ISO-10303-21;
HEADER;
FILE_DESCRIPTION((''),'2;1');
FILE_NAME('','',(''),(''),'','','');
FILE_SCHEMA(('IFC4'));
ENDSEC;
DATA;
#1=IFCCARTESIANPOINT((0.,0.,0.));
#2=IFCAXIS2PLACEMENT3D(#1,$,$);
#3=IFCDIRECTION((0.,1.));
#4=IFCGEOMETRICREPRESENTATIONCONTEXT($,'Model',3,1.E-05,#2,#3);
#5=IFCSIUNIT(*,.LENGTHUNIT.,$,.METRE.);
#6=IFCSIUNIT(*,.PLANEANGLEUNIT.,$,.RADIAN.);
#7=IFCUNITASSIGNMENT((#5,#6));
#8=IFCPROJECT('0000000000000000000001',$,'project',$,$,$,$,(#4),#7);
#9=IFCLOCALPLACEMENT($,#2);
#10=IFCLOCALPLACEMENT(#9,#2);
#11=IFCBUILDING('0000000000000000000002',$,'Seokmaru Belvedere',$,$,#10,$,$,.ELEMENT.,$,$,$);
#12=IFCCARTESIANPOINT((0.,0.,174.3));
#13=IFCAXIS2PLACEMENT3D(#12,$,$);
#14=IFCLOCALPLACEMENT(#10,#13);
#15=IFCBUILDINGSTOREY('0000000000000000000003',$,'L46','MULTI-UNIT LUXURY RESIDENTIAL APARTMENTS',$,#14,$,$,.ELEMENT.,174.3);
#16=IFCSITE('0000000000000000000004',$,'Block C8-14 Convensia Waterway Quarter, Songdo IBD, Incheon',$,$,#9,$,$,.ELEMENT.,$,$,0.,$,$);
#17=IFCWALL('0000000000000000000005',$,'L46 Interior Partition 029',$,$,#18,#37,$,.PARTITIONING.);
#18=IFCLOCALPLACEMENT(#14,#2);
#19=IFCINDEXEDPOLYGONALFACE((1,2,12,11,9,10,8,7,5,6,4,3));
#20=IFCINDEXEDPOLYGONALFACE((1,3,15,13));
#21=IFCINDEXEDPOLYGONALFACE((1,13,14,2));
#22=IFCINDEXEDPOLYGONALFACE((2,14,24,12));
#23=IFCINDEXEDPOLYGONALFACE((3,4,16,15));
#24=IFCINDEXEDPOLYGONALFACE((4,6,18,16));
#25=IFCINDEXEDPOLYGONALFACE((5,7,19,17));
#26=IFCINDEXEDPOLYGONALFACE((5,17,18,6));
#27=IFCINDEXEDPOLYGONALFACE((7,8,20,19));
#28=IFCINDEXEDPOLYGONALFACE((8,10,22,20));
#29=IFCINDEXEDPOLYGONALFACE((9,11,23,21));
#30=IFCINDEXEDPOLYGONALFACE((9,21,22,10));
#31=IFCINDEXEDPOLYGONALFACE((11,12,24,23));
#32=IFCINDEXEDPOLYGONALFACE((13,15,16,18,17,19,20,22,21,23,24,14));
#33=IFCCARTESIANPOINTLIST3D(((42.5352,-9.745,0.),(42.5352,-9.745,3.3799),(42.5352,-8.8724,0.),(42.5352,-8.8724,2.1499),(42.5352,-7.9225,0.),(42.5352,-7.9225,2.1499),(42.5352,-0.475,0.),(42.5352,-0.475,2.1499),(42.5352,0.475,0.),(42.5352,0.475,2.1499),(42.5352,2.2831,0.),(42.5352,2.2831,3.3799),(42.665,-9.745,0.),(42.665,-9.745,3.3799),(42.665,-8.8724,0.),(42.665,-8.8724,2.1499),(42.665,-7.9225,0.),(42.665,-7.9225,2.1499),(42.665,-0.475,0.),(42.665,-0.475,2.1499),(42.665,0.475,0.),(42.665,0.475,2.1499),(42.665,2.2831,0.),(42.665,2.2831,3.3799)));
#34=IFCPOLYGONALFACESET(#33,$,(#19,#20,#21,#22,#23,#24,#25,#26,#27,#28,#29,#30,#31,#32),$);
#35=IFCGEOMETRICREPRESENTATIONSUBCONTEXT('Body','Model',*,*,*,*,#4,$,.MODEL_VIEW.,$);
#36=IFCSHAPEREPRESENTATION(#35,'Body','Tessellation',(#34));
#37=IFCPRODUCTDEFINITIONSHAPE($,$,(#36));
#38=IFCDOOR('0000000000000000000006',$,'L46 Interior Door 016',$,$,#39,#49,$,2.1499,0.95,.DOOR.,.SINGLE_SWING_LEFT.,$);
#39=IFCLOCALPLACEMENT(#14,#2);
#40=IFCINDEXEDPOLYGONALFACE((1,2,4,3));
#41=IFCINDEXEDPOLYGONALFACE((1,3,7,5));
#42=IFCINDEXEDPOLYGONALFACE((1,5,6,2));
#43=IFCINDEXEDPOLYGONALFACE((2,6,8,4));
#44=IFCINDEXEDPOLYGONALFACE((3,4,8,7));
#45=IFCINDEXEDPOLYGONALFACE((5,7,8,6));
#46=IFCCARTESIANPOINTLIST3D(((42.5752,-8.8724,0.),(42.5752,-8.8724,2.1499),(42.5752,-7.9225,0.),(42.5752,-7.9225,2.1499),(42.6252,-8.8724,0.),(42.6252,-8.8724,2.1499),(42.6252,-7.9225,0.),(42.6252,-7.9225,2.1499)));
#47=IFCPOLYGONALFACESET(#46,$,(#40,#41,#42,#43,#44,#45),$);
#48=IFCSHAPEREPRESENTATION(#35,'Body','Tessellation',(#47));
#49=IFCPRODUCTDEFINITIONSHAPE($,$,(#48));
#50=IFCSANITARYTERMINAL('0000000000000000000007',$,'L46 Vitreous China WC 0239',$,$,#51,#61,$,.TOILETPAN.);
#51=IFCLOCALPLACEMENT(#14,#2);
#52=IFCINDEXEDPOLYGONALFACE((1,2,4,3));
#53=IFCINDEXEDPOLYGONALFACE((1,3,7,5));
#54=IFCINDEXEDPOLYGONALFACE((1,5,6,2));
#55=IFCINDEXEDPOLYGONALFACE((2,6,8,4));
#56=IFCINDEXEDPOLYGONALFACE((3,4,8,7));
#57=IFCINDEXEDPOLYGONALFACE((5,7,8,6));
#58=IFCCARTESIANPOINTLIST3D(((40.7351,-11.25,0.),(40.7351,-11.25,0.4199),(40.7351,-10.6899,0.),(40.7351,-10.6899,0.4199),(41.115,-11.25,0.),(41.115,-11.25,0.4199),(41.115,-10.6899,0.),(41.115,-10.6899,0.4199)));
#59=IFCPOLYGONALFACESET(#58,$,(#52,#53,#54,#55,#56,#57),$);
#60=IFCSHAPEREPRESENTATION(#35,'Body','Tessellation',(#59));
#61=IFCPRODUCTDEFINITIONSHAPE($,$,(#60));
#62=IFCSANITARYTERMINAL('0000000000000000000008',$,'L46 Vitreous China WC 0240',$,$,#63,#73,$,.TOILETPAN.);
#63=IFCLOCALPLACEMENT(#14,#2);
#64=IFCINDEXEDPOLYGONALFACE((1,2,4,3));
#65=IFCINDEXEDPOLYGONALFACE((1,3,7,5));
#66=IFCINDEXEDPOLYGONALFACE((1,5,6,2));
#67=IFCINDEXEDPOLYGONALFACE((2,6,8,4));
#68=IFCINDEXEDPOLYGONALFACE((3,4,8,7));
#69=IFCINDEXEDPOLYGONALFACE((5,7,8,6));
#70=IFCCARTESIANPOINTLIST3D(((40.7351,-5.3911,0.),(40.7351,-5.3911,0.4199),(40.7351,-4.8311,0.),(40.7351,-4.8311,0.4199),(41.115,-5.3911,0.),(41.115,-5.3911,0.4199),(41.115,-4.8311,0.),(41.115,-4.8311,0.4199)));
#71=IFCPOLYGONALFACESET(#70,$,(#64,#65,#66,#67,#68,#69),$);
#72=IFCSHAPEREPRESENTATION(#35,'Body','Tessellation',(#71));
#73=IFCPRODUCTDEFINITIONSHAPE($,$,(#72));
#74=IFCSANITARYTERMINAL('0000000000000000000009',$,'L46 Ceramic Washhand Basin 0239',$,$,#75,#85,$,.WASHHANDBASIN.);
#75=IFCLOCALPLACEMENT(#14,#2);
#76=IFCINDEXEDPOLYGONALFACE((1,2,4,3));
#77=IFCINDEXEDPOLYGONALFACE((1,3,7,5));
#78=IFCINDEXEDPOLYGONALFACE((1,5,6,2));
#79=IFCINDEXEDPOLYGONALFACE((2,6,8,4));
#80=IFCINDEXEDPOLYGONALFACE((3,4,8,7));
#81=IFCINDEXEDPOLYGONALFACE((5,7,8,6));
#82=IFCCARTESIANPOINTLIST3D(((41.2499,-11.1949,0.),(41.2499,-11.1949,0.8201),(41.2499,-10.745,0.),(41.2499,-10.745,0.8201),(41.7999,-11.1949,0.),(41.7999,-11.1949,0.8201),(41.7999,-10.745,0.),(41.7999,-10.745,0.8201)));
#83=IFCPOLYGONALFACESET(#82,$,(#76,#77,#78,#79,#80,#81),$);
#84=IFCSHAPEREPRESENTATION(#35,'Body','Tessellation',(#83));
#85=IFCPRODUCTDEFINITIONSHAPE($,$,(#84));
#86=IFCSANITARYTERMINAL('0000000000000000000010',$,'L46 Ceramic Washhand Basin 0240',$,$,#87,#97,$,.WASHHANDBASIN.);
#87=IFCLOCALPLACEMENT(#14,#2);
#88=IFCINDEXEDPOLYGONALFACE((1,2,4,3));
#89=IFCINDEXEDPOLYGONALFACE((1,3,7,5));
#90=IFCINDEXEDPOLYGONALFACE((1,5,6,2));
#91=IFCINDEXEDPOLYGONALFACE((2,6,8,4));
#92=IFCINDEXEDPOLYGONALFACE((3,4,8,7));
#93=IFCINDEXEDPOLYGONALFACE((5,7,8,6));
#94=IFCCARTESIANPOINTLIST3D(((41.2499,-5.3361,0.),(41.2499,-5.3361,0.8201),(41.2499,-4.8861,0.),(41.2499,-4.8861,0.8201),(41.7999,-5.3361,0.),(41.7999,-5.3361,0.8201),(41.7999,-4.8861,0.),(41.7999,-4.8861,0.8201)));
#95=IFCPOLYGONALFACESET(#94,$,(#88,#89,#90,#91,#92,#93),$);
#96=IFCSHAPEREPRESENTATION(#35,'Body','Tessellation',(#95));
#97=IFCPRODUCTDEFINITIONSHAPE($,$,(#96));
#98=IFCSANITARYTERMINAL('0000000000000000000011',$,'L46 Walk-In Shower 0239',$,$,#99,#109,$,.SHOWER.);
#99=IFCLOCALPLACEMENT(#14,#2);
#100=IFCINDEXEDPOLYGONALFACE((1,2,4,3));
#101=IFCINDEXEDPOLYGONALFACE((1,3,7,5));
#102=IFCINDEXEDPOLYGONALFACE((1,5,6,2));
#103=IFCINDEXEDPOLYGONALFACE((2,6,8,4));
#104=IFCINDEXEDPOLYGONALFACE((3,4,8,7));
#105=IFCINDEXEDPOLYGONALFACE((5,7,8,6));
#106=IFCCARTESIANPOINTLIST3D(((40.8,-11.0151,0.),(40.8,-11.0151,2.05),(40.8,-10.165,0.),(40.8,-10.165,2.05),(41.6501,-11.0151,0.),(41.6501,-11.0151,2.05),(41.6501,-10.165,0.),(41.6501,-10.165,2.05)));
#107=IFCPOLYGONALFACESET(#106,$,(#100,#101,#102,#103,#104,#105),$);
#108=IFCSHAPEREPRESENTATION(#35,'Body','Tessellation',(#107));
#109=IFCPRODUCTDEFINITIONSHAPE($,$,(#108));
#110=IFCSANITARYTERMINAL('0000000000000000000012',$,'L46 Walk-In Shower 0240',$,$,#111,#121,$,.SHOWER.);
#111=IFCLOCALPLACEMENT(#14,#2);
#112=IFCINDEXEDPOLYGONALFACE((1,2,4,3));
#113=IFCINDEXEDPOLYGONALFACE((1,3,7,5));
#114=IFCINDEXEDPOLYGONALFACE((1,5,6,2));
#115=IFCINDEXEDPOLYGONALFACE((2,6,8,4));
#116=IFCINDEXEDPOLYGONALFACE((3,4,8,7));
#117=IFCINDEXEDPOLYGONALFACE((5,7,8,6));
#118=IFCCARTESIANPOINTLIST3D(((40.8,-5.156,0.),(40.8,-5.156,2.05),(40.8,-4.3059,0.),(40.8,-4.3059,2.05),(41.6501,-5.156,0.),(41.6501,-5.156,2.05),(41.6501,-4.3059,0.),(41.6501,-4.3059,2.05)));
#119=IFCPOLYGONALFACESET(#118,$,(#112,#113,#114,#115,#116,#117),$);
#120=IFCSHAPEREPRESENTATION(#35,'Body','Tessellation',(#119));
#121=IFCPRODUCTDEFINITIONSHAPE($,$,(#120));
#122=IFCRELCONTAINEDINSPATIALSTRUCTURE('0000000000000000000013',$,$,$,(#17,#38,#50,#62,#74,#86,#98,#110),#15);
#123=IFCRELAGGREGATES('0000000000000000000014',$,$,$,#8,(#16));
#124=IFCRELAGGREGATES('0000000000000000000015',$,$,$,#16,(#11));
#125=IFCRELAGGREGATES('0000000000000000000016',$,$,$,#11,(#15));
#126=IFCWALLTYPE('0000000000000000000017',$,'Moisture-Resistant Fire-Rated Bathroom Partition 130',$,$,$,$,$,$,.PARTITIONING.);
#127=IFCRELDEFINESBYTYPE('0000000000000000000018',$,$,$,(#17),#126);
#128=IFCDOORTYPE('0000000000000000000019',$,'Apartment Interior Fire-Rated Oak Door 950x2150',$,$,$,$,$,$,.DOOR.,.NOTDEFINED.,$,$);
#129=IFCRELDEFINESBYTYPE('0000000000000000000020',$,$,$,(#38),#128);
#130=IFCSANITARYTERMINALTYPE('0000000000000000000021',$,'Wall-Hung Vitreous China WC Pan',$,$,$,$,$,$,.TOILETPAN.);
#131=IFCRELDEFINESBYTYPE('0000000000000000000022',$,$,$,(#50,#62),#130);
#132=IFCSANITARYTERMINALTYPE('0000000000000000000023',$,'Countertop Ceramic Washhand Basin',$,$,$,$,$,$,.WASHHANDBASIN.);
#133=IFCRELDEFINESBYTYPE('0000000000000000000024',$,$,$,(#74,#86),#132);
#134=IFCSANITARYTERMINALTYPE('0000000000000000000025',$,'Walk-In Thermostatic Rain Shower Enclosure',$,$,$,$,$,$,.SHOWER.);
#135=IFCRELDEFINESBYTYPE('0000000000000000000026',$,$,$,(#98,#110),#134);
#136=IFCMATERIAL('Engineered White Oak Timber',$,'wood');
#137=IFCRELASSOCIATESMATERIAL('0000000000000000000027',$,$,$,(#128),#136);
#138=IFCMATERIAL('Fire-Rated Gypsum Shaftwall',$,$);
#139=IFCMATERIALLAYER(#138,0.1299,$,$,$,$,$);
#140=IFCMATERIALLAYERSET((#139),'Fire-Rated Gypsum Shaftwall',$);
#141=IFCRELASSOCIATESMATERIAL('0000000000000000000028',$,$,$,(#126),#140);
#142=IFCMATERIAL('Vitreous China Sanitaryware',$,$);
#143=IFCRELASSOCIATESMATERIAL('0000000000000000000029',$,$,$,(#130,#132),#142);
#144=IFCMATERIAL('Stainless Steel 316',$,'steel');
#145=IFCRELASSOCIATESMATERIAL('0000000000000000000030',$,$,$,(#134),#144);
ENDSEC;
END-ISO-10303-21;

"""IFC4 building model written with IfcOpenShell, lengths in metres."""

from ifc_helpers import new_model, si_unit, direction, frame, frame_2d, origin, origin_2d, place, context, subcontext, project, spatial, rectangle, extrude, source, transform, mapped, material, layer, layer_set, type_object, type_shapes, element, fill, save


model = new_model("IFC4")

# Units and contexts
model_context = context("Model", 3, precision=1e-05, world=origin(), true_north=direction((0.0, 1.0)))
body_context = subcontext(model_context, "Body", "Model", "MODEL_VIEW")
ifc_project = project(units=[si_unit("LENGTHUNIT", "METRE"), si_unit("PLANEANGLEUNIT", "RADIAN")], contexts=[model_context])

# Site, building, storey
site_placement = place(None, origin())
site = spatial("IfcSite", under=ifc_project, at=site_placement, Name="Block C8-14 Convensia Waterway Quarter, Songdo IBD, Incheon", CompositionType="ELEMENT", RefElevation=0.0)
building_placement = place(site_placement, origin())
building = spatial("IfcBuilding", under=site, at=building_placement, Name="Seokmaru Belvedere", CompositionType="ELEMENT")
storey_placement = place(building_placement, frame((0.0, 0.0, 174.3)))
storey = spatial("IfcBuildingStorey", under=building, at=storey_placement, Name="L46", Description="MULTI-UNIT LUXURY RESIDENTIAL APARTMENTS", CompositionType="ELEMENT", Elevation=174.3)

# Shared definitions
ifc_material_1 = material(Name="Fire-Rated Gypsum Shaftwall")
ifc_material_2 = material(Name="Engineered White Oak Timber", Category="wood")
door_type_1 = type_object("IfcDoorType", Name="Apartment Interior Fire-Rated Oak Door 950x2150", OperationType="NOTDEFINED", PredefinedType="DOOR", material=ifc_material_2)
shared_shape_1 = source(origin(), body_context, "Body", "SweptSolid", [
    extrude(rectangle(XDim=0.95, YDim=2.1499, at=frame_2d((0.4751, 1.075))), frame((0.0, 0.0249, 0.0), z_axis=(0.0, -1.0, 0.0), x_axis=(1.0, 0.0, 0.0)), (0.0, 0.0, 1.0), 0.05),
])
type_shapes(door_type_1, [shared_shape_1])

# Shared definitions
ifc_layer_1 = layer(ifc_material_1, 0.1299)
ifc_layer_set_1 = layer_set([ifc_layer_1], Name="Fire-Rated Gypsum Shaftwall")
wall_type_1 = type_object("IfcWallType", Name="Moisture-Resistant Fire-Rated Bathroom Partition 130", PredefinedType="PARTITIONING", material=ifc_layer_set_1)

# Wall, openings, door
wall_1_placement = place(storey_placement, frame((42.6001, -9.7451, 0.0), z_axis=(0.0, 0.0, 1.0), x_axis=(0.0, 1.0, 0.0)))
wall_1 = element("IfcWall", 1, at=wall_1_placement, inside=storey, type_object=wall_type_1, Name="L46 Interior Partition 029", PredefinedType="PARTITIONING", context=body_context, shape_type="SweptSolid", body=[
    extrude(rectangle(XDim=12.0281, YDim=0.1299, at=frame_2d((6.0142, 0.0))), origin(), (0.0, 0.0, 1.0), 3.3799),
])
opening_1_placement = place(wall_1_placement, frame((0.8726, 0.0, 0.0)))
opening_1 = element("IfcOpeningElement", 2, at=opening_1_placement, cuts=wall_1, PredefinedType="OPENING", context=body_context, shape_type="SweptSolid", body=[
    extrude(rectangle(XDim=0.95, YDim=2.1499, at=frame_2d((0.4751, 1.075))), frame((0.0, 0.075, 0.0), z_axis=(0.0, -1.0, 0.0), x_axis=(1.0, 0.0, 0.0)), (0.0, 0.0, 1.0), 0.1499),
])
opening_2_placement = place(wall_1_placement, frame((9.27, 0.0, 0.0)))
element("IfcOpeningElement", 3, at=opening_2_placement, cuts=wall_1, PredefinedType="OPENING", context=body_context, shape_type="SweptSolid", body=[
    extrude(rectangle(XDim=0.95, YDim=2.1499, at=frame_2d((0.4751, 1.075))), frame((0.0, 0.075, 0.0), z_axis=(0.0, -1.0, 0.0), x_axis=(1.0, 0.0, 0.0)), (0.0, 0.0, 1.0), 0.1499),
])
door_1_placement = place(opening_1_placement, origin())
door_1 = element("IfcDoor", 4, at=door_1_placement, inside=storey, type_object=door_type_1, Name="L46 Interior Door 016", OperationType="SINGLE_SWING_LEFT", OverallHeight=2.1499, OverallWidth=0.95, PredefinedType="DOOR", context=body_context, shape_type="MappedRepresentation", body=[
    mapped(shared_shape_1, transform((0.0, 0.0, 0.0), scale=1.0)),
])
fill(opening_1, door_1)

# Sanitary terminals
ifc_material_3 = material(Name="Vitreous China Sanitaryware")
sanitary_terminal_type_1 = type_object("IfcSanitaryTerminalType", Name="Wall-Hung Vitreous China WC Pan", PredefinedType="TOILETPAN", material=ifc_material_3)
shared_shape_2 = source(origin(), body_context, "Body", "SweptSolid", [
    extrude(rectangle(XDim=0.3799, YDim=0.5601, at=origin_2d()), origin(), (0.0, 0.0, 1.0), 0.4199),
])
type_shapes(sanitary_terminal_type_1, [shared_shape_2])
for number, where, z_axis, x_axis, name in (
    (5, (40.925, -10.97, 0.0), (0.0, 0.0, 1.0), (1.0, 0.0, 0.0), "L46 Vitreous China WC 0239"),
    (6, (40.925, -5.1111, 0.0), (0.0, 0.0, 1.0), (1.0, 0.0, 0.0), "L46 Vitreous China WC 0240"),
):
    element("IfcSanitaryTerminal", number, at=place(storey_placement, frame(where, z_axis=z_axis, x_axis=x_axis)), inside=storey, type_object=sanitary_terminal_type_1, Name=name, PredefinedType="TOILETPAN", context=body_context, shape_type="MappedRepresentation", body=[
        mapped(shared_shape_2, transform((0.0, 0.0, 0.0), scale=1.0)),
    ])
sanitary_terminal_type_2 = type_object("IfcSanitaryTerminalType", Name="Countertop Ceramic Washhand Basin", PredefinedType="WASHHANDBASIN", material=ifc_material_3)
shared_shape_3 = source(origin(), body_context, "Body", "SweptSolid", [
    extrude(rectangle(XDim=0.55, YDim=0.45, at=origin_2d()), origin(), (0.0, 0.0, 1.0), 0.8201),
])
type_shapes(sanitary_terminal_type_2, [shared_shape_3])
for number, where, z_axis, x_axis, name in (
    (7, (41.5249, -10.97, 0.0), (0.0, 0.0, 1.0), (1.0, 0.0, 0.0), "L46 Ceramic Washhand Basin 0239"),
    (8, (41.5249, -5.1111, 0.0), (0.0, 0.0, 1.0), (1.0, 0.0, 0.0), "L46 Ceramic Washhand Basin 0240"),
):
    element("IfcSanitaryTerminal", number, at=place(storey_placement, frame(where, z_axis=z_axis, x_axis=x_axis)), inside=storey, type_object=sanitary_terminal_type_2, Name=name, PredefinedType="WASHHANDBASIN", context=body_context, shape_type="MappedRepresentation", body=[
        mapped(shared_shape_3, transform((0.0, 0.0, 0.0), scale=1.0)),
    ])
ifc_material_4 = material(Name="Stainless Steel 316", Category="steel")
sanitary_terminal_type_3 = type_object("IfcSanitaryTerminalType", Name="Walk-In Thermostatic Rain Shower Enclosure", PredefinedType="SHOWER", material=ifc_material_4)
shared_shape_4 = source(origin(), body_context, "Body", "SweptSolid", [
    extrude(rectangle(XDim=0.8501, YDim=0.8501, at=origin_2d()), origin(), (0.0, 0.0, 1.0), 2.05),
])
type_shapes(sanitary_terminal_type_3, [shared_shape_4])
for number, where, z_axis, x_axis, name in (
    (9, (41.2251, -10.5901, 0.0), (0.0, 0.0, 1.0), (1.0, 0.0, 0.0), "L46 Walk-In Shower 0239"),
    (10, (41.2251, -4.731, 0.0), (0.0, 0.0, 1.0), (1.0, 0.0, 0.0), "L46 Walk-In Shower 0240"),
):
    element("IfcSanitaryTerminal", number, at=place(storey_placement, frame(where, z_axis=z_axis, x_axis=x_axis)), inside=storey, type_object=sanitary_terminal_type_3, Name=name, PredefinedType="SHOWER", context=body_context, shape_type="MappedRepresentation", body=[
        mapped(shared_shape_4, transform((0.0, 0.0, 0.0), scale=1.0)),
    ])

save(model, "model.ifc")
